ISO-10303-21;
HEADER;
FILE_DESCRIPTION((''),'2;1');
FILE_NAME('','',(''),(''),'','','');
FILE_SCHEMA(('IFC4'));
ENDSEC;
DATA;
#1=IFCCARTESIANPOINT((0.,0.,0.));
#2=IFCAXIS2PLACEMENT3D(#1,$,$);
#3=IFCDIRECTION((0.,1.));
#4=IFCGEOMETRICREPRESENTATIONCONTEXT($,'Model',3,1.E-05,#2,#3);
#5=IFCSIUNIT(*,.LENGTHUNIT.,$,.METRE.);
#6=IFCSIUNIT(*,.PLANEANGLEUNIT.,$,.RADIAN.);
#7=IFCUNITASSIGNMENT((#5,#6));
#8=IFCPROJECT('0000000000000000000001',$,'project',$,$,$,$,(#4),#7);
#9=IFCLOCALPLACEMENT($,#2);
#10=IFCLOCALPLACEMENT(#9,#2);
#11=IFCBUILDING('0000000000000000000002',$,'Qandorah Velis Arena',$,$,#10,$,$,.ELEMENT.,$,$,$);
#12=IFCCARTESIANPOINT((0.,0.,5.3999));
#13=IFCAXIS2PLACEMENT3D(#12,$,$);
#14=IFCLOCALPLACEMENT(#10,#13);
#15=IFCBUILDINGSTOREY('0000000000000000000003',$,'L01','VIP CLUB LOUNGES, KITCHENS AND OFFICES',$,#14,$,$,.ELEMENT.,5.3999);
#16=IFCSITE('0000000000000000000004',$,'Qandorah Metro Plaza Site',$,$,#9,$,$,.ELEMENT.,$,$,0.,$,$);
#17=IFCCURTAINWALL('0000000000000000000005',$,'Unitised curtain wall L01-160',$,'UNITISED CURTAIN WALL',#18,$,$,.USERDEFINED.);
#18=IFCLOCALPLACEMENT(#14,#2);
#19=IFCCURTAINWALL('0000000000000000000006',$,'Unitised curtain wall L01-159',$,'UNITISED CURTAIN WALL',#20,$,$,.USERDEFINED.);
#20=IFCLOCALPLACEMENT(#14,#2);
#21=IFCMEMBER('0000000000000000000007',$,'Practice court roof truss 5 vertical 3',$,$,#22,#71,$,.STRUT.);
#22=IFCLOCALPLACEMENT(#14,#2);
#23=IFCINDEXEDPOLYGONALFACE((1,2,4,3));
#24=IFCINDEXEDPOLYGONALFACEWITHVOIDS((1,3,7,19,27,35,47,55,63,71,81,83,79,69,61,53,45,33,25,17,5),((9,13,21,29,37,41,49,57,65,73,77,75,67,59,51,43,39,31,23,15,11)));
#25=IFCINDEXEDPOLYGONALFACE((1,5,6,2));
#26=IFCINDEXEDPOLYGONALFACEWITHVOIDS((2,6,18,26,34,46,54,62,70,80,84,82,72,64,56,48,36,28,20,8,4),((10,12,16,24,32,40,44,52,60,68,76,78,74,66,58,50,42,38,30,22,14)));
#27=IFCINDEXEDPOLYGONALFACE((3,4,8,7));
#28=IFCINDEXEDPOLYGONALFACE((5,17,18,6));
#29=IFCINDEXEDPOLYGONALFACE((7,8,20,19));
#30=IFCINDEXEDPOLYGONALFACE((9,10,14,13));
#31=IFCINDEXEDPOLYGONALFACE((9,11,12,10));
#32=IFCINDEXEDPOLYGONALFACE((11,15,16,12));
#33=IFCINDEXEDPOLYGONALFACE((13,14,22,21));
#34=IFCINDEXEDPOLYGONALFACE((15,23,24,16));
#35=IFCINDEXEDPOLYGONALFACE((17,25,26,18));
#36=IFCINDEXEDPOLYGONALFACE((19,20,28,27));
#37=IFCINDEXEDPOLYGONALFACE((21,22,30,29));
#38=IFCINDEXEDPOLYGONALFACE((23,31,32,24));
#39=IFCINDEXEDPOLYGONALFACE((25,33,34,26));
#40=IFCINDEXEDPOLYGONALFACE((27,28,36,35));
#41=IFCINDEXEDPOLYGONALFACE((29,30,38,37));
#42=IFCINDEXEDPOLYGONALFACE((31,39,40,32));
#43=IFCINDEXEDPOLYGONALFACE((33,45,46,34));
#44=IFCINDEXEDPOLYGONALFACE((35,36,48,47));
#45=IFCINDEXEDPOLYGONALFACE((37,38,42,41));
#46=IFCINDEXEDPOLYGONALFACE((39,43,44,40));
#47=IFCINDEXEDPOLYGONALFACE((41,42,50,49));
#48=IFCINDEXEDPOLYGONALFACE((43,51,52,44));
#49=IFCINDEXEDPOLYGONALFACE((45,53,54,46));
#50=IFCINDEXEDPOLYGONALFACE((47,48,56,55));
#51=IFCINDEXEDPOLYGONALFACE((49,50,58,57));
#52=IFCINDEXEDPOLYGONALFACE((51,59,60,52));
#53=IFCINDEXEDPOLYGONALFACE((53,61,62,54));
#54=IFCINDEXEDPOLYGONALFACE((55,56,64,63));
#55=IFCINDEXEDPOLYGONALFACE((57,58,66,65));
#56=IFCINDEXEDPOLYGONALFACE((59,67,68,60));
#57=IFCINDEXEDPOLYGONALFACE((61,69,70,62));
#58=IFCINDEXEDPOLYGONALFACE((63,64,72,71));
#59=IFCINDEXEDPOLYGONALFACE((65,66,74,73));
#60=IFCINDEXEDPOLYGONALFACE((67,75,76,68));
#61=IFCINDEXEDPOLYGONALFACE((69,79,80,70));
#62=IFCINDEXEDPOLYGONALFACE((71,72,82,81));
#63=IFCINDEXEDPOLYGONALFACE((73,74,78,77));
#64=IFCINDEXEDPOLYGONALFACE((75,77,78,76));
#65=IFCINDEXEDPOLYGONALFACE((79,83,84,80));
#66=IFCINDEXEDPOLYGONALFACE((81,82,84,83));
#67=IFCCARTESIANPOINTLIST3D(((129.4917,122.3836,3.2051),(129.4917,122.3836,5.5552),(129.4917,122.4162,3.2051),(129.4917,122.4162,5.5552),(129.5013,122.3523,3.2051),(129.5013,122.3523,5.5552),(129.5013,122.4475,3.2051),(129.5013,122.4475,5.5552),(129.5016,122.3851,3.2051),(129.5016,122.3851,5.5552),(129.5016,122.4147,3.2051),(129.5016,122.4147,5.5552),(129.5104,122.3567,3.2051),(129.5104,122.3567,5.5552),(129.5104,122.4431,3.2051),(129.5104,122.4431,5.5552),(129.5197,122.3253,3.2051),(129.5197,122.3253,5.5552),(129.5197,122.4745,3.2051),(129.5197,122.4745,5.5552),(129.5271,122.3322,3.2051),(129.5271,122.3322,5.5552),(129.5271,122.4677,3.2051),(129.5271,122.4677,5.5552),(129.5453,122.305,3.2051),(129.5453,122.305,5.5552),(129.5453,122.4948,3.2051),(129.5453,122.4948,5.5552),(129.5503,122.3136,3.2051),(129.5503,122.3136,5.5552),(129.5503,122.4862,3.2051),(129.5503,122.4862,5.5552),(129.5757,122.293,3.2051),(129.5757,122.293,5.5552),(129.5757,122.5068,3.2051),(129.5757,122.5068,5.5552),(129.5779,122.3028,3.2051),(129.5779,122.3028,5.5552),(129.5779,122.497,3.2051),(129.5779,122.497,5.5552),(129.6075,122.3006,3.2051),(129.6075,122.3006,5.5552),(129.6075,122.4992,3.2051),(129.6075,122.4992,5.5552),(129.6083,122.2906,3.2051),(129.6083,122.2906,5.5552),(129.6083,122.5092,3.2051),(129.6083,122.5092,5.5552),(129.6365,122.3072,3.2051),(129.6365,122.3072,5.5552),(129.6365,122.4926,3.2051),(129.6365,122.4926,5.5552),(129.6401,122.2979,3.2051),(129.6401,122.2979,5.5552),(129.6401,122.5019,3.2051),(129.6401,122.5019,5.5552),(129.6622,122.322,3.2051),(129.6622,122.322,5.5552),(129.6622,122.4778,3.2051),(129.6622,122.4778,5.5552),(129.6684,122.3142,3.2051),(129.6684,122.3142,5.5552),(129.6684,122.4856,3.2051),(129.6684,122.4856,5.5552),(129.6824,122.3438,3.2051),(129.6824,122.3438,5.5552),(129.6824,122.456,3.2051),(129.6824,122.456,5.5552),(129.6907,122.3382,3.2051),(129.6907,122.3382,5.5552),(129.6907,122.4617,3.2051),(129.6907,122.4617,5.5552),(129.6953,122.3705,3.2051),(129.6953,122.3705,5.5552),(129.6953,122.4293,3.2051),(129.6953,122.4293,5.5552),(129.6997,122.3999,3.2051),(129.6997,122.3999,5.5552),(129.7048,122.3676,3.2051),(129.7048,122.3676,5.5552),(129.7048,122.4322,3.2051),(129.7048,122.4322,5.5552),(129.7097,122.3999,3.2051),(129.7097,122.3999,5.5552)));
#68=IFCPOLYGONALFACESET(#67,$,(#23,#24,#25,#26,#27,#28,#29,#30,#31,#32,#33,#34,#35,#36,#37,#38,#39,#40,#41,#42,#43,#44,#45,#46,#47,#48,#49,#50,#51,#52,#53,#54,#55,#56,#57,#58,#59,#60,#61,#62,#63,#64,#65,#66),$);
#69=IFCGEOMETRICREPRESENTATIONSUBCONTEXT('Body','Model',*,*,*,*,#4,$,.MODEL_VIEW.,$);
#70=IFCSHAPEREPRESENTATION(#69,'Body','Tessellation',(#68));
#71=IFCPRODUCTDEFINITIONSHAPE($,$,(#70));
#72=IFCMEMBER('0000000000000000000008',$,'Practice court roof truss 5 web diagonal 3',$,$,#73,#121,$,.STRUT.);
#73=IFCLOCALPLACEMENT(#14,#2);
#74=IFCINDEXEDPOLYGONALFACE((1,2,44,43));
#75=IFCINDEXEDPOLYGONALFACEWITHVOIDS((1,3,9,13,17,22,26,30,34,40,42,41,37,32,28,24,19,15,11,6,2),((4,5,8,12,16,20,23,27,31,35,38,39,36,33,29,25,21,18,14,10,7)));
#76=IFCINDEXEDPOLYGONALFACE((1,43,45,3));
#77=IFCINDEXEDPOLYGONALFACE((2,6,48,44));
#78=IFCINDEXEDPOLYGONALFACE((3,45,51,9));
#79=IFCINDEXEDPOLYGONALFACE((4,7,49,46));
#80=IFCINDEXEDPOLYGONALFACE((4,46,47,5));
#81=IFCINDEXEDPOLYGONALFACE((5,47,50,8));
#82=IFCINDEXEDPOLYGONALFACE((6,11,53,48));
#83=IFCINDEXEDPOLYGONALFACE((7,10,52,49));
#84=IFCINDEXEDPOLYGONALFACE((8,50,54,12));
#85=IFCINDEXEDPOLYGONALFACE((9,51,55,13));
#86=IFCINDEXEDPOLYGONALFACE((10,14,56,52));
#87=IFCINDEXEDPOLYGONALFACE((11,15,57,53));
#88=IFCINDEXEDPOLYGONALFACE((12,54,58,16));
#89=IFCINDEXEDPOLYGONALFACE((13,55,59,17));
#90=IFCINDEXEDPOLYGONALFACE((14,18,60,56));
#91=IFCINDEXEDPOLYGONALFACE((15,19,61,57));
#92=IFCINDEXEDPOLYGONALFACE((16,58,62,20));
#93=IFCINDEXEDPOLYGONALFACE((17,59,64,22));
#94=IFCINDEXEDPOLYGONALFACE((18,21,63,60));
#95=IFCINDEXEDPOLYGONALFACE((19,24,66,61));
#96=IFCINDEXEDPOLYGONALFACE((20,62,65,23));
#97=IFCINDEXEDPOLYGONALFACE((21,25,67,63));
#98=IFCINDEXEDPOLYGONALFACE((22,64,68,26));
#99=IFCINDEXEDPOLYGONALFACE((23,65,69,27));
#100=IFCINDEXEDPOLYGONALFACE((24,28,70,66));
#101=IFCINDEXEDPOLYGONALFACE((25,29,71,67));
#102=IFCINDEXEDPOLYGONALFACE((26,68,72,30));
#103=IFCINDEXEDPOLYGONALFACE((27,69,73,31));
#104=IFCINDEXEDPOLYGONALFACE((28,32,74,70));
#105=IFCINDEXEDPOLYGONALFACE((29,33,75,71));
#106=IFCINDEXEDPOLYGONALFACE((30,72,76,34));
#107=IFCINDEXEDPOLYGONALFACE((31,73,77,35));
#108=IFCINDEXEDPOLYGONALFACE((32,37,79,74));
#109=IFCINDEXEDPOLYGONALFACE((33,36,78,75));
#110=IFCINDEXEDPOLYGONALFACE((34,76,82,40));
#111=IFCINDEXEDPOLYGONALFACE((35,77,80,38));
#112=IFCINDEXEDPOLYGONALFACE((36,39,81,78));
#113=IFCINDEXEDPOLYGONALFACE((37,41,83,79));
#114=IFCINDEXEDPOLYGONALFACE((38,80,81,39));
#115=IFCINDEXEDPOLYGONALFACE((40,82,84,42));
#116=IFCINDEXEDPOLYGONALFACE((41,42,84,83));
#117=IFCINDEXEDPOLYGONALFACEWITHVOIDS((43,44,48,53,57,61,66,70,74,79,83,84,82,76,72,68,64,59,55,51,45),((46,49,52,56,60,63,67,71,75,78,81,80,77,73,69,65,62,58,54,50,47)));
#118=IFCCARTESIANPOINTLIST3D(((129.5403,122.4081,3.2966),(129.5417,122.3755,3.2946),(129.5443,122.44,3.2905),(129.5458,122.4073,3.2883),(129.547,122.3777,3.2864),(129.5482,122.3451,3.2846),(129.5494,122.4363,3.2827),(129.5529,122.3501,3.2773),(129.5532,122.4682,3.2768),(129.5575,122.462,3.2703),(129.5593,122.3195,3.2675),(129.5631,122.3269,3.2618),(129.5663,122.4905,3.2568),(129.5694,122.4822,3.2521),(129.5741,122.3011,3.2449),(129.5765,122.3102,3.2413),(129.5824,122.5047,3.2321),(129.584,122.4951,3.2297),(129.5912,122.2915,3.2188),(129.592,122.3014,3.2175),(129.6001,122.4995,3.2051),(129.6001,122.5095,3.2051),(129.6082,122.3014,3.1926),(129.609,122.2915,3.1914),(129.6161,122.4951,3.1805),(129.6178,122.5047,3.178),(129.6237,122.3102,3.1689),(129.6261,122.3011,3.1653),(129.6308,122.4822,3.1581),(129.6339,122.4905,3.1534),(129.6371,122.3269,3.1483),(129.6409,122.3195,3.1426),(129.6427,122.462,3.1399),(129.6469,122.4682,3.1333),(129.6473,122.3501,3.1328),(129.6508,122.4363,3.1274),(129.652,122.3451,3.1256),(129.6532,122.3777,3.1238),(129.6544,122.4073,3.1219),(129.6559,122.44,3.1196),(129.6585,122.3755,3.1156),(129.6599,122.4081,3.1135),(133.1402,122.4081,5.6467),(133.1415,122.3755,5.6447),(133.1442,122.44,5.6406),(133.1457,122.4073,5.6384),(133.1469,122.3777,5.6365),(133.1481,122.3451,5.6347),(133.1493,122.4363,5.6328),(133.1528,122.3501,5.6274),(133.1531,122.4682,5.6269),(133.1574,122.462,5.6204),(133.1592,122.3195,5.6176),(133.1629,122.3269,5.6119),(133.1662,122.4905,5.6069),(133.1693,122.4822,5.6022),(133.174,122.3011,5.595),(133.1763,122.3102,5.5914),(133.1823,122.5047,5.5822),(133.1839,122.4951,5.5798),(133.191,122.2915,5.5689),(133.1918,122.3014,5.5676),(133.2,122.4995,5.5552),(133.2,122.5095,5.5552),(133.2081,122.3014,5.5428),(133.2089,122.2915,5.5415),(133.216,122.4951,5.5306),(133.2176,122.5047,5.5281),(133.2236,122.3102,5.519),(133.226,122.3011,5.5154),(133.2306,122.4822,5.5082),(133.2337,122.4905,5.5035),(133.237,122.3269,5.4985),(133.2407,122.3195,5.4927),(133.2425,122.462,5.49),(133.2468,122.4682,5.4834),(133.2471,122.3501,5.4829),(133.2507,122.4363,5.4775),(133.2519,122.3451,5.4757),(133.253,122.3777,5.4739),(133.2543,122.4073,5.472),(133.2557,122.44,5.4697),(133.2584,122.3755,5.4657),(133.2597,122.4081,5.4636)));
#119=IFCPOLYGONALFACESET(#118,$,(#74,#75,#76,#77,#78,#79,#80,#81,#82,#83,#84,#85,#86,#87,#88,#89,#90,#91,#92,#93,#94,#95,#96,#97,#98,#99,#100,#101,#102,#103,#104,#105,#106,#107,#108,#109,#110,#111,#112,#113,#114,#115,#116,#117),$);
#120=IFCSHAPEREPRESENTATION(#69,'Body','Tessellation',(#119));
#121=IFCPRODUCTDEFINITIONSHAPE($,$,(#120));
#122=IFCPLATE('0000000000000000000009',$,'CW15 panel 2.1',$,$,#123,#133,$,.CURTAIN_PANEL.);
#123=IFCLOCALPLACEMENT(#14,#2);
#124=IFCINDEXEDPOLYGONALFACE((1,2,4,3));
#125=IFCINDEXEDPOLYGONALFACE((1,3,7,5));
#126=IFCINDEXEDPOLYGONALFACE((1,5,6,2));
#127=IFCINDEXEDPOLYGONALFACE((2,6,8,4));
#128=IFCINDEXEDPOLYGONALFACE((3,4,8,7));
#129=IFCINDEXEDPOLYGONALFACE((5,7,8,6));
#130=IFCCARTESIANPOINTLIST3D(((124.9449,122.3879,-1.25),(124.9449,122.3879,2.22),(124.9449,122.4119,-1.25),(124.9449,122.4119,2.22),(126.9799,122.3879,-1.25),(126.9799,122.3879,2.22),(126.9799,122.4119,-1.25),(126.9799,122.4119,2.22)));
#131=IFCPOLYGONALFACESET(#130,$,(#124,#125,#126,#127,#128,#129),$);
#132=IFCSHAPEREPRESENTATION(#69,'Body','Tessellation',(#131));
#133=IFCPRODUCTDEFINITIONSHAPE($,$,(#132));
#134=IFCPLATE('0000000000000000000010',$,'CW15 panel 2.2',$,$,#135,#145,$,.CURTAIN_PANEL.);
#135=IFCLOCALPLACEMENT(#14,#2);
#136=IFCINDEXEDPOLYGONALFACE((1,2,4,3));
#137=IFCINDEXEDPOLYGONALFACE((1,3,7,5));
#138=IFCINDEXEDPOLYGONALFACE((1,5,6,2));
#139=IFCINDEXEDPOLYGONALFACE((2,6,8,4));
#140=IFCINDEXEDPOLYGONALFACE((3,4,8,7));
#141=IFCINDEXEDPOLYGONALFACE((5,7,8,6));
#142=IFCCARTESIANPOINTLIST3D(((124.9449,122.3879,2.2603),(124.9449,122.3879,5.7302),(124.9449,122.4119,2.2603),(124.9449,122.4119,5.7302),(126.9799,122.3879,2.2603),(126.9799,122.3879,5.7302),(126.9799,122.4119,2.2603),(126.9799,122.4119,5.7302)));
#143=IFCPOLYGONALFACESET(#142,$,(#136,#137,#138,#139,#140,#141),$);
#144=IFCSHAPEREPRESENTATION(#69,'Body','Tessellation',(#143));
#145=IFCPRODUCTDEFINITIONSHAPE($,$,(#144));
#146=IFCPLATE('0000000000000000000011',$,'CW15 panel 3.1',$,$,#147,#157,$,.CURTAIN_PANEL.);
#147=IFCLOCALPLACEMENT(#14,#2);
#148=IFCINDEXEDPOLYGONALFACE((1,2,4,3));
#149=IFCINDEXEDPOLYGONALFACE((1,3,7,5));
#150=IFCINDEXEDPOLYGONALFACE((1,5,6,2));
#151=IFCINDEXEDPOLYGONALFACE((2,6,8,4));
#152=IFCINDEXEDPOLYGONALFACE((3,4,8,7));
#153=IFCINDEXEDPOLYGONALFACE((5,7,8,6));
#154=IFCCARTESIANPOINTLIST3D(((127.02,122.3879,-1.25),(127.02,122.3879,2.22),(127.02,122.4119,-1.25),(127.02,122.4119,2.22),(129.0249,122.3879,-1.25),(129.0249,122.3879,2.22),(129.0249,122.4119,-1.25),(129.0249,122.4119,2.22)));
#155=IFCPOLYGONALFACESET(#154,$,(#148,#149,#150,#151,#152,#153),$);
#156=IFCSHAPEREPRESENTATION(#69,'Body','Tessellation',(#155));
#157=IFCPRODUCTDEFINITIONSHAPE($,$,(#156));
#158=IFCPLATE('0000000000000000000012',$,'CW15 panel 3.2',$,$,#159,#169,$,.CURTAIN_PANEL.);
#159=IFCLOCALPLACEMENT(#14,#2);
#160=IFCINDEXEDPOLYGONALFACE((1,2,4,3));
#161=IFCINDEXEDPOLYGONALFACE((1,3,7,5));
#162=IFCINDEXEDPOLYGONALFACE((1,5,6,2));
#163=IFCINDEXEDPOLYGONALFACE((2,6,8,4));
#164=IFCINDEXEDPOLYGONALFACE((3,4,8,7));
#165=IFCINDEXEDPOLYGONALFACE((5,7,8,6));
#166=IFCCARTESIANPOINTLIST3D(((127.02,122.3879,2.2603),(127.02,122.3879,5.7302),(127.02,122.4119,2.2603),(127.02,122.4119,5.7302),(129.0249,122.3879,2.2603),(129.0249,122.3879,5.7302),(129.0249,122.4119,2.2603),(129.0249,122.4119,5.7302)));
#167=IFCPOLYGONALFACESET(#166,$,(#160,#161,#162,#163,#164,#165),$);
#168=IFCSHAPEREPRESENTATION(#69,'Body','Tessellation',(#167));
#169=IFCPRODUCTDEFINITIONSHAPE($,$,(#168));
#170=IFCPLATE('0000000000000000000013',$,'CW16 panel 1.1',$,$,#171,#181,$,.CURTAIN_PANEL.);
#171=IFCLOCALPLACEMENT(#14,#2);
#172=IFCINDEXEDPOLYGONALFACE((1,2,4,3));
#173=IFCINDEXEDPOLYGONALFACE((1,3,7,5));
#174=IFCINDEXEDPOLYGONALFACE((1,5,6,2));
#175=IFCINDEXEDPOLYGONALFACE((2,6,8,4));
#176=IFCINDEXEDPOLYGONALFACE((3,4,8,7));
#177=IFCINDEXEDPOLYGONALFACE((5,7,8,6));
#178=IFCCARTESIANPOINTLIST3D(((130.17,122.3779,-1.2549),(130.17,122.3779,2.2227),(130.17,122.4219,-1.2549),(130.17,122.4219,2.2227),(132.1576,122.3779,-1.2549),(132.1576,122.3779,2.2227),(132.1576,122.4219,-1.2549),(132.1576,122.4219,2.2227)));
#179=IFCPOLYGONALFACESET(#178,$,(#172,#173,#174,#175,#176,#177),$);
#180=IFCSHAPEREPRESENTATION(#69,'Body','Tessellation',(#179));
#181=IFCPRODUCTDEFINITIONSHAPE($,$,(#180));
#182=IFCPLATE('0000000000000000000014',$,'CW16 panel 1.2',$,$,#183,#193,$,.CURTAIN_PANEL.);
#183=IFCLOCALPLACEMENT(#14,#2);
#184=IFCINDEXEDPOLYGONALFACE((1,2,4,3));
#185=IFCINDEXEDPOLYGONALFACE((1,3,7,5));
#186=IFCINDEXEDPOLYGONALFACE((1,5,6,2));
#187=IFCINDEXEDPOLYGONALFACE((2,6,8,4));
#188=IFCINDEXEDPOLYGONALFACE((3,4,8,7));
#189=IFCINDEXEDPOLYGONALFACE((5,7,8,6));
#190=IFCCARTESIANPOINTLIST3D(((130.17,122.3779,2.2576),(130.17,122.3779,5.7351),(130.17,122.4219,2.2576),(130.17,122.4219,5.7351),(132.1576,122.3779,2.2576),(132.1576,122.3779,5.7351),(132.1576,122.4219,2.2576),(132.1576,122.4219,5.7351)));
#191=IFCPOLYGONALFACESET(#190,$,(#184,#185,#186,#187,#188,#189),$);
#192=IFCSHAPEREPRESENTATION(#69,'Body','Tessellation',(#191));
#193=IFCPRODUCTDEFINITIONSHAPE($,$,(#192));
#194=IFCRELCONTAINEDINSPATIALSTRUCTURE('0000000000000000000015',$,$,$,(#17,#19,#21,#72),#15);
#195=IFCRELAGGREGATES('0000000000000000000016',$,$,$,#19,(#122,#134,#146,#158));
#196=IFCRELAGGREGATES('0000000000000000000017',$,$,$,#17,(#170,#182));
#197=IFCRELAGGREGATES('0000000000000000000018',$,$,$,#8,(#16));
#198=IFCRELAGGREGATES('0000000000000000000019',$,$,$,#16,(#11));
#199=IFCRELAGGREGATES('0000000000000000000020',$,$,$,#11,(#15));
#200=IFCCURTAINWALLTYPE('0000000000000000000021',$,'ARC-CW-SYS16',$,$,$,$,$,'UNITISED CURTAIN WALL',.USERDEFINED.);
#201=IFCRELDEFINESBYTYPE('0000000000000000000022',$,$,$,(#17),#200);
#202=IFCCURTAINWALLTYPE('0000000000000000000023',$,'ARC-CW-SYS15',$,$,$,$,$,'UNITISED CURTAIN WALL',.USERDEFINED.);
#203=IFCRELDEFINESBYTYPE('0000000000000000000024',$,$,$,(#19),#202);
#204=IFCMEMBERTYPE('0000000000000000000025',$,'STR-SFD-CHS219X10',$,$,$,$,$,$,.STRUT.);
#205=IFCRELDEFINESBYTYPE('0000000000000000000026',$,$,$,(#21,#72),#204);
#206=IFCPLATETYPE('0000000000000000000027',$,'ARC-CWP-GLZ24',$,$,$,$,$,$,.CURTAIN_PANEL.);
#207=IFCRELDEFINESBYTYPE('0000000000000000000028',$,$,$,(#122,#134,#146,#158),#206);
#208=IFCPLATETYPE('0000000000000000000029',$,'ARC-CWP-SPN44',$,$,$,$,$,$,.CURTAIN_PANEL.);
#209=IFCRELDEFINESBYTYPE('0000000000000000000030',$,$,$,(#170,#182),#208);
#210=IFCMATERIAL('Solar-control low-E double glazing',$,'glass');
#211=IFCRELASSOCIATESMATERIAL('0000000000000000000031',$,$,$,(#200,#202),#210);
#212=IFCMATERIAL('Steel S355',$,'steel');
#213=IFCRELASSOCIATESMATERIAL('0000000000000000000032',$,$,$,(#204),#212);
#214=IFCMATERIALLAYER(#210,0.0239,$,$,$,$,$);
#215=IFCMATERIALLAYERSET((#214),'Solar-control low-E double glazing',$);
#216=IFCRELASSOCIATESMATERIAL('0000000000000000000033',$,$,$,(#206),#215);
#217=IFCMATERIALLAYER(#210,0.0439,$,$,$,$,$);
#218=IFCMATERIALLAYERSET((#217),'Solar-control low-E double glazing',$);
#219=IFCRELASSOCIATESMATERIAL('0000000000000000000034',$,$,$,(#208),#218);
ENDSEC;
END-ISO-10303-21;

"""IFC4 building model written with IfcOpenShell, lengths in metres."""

from ifc_helpers import new_model, si_unit, direction, frame, origin, origin_2d, place, context, subcontext, project, spatial, rectangle, hollow_circle, extrude, material, layer, layer_set, material_profile, profile_set, type_object, element, aggregate, save


model = new_model("IFC4")

# Units and contexts
model_context = context("Model", 3, precision=1e-05, world=origin(), true_north=direction((0.0, 1.0)))
body_context = subcontext(model_context, "Body", "Model", "MODEL_VIEW")
ifc_project = project(units=[si_unit("LENGTHUNIT", "METRE"), si_unit("PLANEANGLEUNIT", "RADIAN")], contexts=[model_context])

# Site, building, storey
site_placement = place(None, origin())
site = spatial("IfcSite", under=ifc_project, at=site_placement, Name="Qandorah Metro Plaza Site", CompositionType="ELEMENT", RefElevation=0.0)
building_placement = place(site_placement, origin())
building = spatial("IfcBuilding", under=site, at=building_placement, Name="Qandorah Velis Arena", CompositionType="ELEMENT")
storey_placement = place(building_placement, frame((0.0, 0.0, 5.3999)))
storey = spatial("IfcBuildingStorey", under=building, at=storey_placement, Name="L01", Description="VIP CLUB LOUNGES, KITCHENS AND OFFICES", CompositionType="ELEMENT", Elevation=5.3999)

# Curtain walls
ifc_material_1 = material(Name="Solar-control low-E double glazing", Category="glass")
curtain_wall_type_1 = type_object("IfcCurtainWallType", Name="ARC-CW-SYS16", ElementType="UNITISED CURTAIN WALL", PredefinedType="USERDEFINED", material=ifc_material_1)
curtain_wall_1_placement = place(storey_placement, origin())
curtain_wall_1 = element("IfcCurtainWall", 1, at=curtain_wall_1_placement, inside=storey, type_object=curtain_wall_type_1, Name="Unitised curtain wall L01-160", ObjectType="UNITISED CURTAIN WALL", PredefinedType="USERDEFINED")
curtain_wall_type_2 = type_object("IfcCurtainWallType", Name="ARC-CW-SYS15", ElementType="UNITISED CURTAIN WALL", PredefinedType="USERDEFINED", material=ifc_material_1)
curtain_wall_2_placement = place(storey_placement, origin())
curtain_wall_2 = element("IfcCurtainWall", 2, at=curtain_wall_2_placement, inside=storey, type_object=curtain_wall_type_2, Name="Unitised curtain wall L01-159", ObjectType="UNITISED CURTAIN WALL", PredefinedType="USERDEFINED")

# Members
ifc_material_2 = material(Name="Steel S355", Category="steel")
ifc_material_profile_1 = material_profile(ifc_material_2, hollow_circle(Radius=0.1096, WallThickness=0.01, at=origin_2d()), Name="CHS 219.1x10")
ifc_profile_set_1 = profile_set([ifc_material_profile_1], Name="Steel S355")
member_type_1 = type_object("IfcMemberType", Name="STR-SFD-CHS219X10", PredefinedType="STRUT", material=ifc_profile_set_1)
member_1_placement = place(storey_placement, frame((129.6001, 122.3999, 3.2051), z_axis=(0.0, 0.0, 1.0), x_axis=(1.0, 0.0, 0.0)))
element("IfcMember", 3, at=member_1_placement, inside=storey, type_object=member_type_1, Name="Practice court roof truss 5 vertical 3", PredefinedType="STRUT", context=body_context, shape_type="SweptSolid", body=[
    extrude(hollow_circle(Radius=0.1096, WallThickness=0.01, at=origin_2d()), origin(), (0.0, 0.0, 1.0), 2.3501),
])
member_2_placement = place(storey_placement, frame((129.6001, 122.3999, 3.2051), z_axis=(0.837359, 0.0, 0.546654), x_axis=(0.0, 1.0, 0.0)))
element("IfcMember", 4, at=member_2_placement, inside=storey, type_object=member_type_1, Name="Practice court roof truss 5 web diagonal 3", PredefinedType="STRUT", context=body_context, shape_type="SweptSolid", body=[
    extrude(hollow_circle(Radius=0.1096, WallThickness=0.01, at=origin_2d()), origin(), (0.0, 0.0, 1.0), 4.2991),
])

# Plates
ifc_layer_1 = layer(ifc_material_1, 0.0239)
ifc_layer_set_1 = layer_set([ifc_layer_1], Name="Solar-control low-E double glazing")
plate_type_1 = type_object("IfcPlateType", Name="ARC-CWP-GLZ24", PredefinedType="CURTAIN_PANEL", material=ifc_layer_set_1)
plate_1_placement = place(storey_placement, frame((125.9624, 122.3999, -1.25), z_axis=(0.0, 0.0, 1.0), x_axis=(1.0, 0.0, 0.0)))
plate_1 = element("IfcPlate", 5, at=plate_1_placement, type_object=plate_type_1, Name="CW15 panel 2.1", PredefinedType="CURTAIN_PANEL", context=body_context, shape_type="SweptSolid", body=[
    extrude(rectangle(XDim=2.0349, YDim=0.0239, at=origin_2d()), origin(), (0.0, 0.0, 1.0), 3.47),
])
plate_2_placement = place(storey_placement, frame((125.9624, 122.3999, 2.2603), z_axis=(0.0, 0.0, 1.0), x_axis=(1.0, 0.0, 0.0)))
plate_2 = element("IfcPlate", 6, at=plate_2_placement, type_object=plate_type_1, Name="CW15 panel 2.2", PredefinedType="CURTAIN_PANEL", context=body_context, shape_type="SweptSolid", body=[
    extrude(rectangle(XDim=2.0349, YDim=0.0239, at=origin_2d()), origin(), (0.0, 0.0, 1.0), 3.47),
])
plate_3_placement = place(storey_placement, frame((128.0225, 122.3999, -1.25), z_axis=(0.0, 0.0, 1.0), x_axis=(1.0, 0.0, 0.0)))
plate_3 = element("IfcPlate", 7, at=plate_3_placement, type_object=plate_type_1, Name="CW15 panel 3.1", PredefinedType="CURTAIN_PANEL", context=body_context, shape_type="SweptSolid", body=[
    extrude(rectangle(XDim=2.0049, YDim=0.0239, at=origin_2d()), origin(), (0.0, 0.0, 1.0), 3.47),
])
plate_4_placement = place(storey_placement, frame((128.0225, 122.3999, 2.2603), z_axis=(0.0, 0.0, 1.0), x_axis=(1.0, 0.0, 0.0)))
plate_4 = element("IfcPlate", 8, at=plate_4_placement, type_object=plate_type_1, Name="CW15 panel 3.2", PredefinedType="CURTAIN_PANEL", context=body_context, shape_type="SweptSolid", body=[
    extrude(rectangle(XDim=2.0049, YDim=0.0239, at=origin_2d()), origin(), (0.0, 0.0, 1.0), 3.47),
])
aggregate(curtain_wall_2, [plate_1, plate_2, plate_3, plate_4])
ifc_layer_2 = layer(ifc_material_1, 0.0439)
ifc_layer_set_2 = layer_set([ifc_layer_2], Name="Solar-control low-E double glazing")
plate_type_2 = type_object("IfcPlateType", Name="ARC-CWP-SPN44", PredefinedType="CURTAIN_PANEL", material=ifc_layer_set_2)
plate_5_placement = place(storey_placement, frame((131.1638, 122.3999, -1.2549), z_axis=(0.0, 0.0, 1.0), x_axis=(1.0, 0.0, 0.0)))
plate_5 = element("IfcPlate", 9, at=plate_5_placement, type_object=plate_type_2, Name="CW16 panel 1.1", PredefinedType="CURTAIN_PANEL", context=body_context, shape_type="SweptSolid", body=[
    extrude(rectangle(XDim=1.9875, YDim=0.0439, at=origin_2d()), origin(), (0.0, 0.0, 1.0), 3.4775),
])
plate_6_placement = place(storey_placement, frame((131.1638, 122.3999, 2.2576), z_axis=(0.0, 0.0, 1.0), x_axis=(1.0, 0.0, 0.0)))
plate_6 = element("IfcPlate", 10, at=plate_6_placement, type_object=plate_type_2, Name="CW16 panel 1.2", PredefinedType="CURTAIN_PANEL", context=body_context, shape_type="SweptSolid", body=[
    extrude(rectangle(XDim=1.9875, YDim=0.0439, at=origin_2d()), origin(), (0.0, 0.0, 1.0), 3.4775),
])
aggregate(curtain_wall_1, [plate_5, plate_6])

save(model, "model.ifc")
